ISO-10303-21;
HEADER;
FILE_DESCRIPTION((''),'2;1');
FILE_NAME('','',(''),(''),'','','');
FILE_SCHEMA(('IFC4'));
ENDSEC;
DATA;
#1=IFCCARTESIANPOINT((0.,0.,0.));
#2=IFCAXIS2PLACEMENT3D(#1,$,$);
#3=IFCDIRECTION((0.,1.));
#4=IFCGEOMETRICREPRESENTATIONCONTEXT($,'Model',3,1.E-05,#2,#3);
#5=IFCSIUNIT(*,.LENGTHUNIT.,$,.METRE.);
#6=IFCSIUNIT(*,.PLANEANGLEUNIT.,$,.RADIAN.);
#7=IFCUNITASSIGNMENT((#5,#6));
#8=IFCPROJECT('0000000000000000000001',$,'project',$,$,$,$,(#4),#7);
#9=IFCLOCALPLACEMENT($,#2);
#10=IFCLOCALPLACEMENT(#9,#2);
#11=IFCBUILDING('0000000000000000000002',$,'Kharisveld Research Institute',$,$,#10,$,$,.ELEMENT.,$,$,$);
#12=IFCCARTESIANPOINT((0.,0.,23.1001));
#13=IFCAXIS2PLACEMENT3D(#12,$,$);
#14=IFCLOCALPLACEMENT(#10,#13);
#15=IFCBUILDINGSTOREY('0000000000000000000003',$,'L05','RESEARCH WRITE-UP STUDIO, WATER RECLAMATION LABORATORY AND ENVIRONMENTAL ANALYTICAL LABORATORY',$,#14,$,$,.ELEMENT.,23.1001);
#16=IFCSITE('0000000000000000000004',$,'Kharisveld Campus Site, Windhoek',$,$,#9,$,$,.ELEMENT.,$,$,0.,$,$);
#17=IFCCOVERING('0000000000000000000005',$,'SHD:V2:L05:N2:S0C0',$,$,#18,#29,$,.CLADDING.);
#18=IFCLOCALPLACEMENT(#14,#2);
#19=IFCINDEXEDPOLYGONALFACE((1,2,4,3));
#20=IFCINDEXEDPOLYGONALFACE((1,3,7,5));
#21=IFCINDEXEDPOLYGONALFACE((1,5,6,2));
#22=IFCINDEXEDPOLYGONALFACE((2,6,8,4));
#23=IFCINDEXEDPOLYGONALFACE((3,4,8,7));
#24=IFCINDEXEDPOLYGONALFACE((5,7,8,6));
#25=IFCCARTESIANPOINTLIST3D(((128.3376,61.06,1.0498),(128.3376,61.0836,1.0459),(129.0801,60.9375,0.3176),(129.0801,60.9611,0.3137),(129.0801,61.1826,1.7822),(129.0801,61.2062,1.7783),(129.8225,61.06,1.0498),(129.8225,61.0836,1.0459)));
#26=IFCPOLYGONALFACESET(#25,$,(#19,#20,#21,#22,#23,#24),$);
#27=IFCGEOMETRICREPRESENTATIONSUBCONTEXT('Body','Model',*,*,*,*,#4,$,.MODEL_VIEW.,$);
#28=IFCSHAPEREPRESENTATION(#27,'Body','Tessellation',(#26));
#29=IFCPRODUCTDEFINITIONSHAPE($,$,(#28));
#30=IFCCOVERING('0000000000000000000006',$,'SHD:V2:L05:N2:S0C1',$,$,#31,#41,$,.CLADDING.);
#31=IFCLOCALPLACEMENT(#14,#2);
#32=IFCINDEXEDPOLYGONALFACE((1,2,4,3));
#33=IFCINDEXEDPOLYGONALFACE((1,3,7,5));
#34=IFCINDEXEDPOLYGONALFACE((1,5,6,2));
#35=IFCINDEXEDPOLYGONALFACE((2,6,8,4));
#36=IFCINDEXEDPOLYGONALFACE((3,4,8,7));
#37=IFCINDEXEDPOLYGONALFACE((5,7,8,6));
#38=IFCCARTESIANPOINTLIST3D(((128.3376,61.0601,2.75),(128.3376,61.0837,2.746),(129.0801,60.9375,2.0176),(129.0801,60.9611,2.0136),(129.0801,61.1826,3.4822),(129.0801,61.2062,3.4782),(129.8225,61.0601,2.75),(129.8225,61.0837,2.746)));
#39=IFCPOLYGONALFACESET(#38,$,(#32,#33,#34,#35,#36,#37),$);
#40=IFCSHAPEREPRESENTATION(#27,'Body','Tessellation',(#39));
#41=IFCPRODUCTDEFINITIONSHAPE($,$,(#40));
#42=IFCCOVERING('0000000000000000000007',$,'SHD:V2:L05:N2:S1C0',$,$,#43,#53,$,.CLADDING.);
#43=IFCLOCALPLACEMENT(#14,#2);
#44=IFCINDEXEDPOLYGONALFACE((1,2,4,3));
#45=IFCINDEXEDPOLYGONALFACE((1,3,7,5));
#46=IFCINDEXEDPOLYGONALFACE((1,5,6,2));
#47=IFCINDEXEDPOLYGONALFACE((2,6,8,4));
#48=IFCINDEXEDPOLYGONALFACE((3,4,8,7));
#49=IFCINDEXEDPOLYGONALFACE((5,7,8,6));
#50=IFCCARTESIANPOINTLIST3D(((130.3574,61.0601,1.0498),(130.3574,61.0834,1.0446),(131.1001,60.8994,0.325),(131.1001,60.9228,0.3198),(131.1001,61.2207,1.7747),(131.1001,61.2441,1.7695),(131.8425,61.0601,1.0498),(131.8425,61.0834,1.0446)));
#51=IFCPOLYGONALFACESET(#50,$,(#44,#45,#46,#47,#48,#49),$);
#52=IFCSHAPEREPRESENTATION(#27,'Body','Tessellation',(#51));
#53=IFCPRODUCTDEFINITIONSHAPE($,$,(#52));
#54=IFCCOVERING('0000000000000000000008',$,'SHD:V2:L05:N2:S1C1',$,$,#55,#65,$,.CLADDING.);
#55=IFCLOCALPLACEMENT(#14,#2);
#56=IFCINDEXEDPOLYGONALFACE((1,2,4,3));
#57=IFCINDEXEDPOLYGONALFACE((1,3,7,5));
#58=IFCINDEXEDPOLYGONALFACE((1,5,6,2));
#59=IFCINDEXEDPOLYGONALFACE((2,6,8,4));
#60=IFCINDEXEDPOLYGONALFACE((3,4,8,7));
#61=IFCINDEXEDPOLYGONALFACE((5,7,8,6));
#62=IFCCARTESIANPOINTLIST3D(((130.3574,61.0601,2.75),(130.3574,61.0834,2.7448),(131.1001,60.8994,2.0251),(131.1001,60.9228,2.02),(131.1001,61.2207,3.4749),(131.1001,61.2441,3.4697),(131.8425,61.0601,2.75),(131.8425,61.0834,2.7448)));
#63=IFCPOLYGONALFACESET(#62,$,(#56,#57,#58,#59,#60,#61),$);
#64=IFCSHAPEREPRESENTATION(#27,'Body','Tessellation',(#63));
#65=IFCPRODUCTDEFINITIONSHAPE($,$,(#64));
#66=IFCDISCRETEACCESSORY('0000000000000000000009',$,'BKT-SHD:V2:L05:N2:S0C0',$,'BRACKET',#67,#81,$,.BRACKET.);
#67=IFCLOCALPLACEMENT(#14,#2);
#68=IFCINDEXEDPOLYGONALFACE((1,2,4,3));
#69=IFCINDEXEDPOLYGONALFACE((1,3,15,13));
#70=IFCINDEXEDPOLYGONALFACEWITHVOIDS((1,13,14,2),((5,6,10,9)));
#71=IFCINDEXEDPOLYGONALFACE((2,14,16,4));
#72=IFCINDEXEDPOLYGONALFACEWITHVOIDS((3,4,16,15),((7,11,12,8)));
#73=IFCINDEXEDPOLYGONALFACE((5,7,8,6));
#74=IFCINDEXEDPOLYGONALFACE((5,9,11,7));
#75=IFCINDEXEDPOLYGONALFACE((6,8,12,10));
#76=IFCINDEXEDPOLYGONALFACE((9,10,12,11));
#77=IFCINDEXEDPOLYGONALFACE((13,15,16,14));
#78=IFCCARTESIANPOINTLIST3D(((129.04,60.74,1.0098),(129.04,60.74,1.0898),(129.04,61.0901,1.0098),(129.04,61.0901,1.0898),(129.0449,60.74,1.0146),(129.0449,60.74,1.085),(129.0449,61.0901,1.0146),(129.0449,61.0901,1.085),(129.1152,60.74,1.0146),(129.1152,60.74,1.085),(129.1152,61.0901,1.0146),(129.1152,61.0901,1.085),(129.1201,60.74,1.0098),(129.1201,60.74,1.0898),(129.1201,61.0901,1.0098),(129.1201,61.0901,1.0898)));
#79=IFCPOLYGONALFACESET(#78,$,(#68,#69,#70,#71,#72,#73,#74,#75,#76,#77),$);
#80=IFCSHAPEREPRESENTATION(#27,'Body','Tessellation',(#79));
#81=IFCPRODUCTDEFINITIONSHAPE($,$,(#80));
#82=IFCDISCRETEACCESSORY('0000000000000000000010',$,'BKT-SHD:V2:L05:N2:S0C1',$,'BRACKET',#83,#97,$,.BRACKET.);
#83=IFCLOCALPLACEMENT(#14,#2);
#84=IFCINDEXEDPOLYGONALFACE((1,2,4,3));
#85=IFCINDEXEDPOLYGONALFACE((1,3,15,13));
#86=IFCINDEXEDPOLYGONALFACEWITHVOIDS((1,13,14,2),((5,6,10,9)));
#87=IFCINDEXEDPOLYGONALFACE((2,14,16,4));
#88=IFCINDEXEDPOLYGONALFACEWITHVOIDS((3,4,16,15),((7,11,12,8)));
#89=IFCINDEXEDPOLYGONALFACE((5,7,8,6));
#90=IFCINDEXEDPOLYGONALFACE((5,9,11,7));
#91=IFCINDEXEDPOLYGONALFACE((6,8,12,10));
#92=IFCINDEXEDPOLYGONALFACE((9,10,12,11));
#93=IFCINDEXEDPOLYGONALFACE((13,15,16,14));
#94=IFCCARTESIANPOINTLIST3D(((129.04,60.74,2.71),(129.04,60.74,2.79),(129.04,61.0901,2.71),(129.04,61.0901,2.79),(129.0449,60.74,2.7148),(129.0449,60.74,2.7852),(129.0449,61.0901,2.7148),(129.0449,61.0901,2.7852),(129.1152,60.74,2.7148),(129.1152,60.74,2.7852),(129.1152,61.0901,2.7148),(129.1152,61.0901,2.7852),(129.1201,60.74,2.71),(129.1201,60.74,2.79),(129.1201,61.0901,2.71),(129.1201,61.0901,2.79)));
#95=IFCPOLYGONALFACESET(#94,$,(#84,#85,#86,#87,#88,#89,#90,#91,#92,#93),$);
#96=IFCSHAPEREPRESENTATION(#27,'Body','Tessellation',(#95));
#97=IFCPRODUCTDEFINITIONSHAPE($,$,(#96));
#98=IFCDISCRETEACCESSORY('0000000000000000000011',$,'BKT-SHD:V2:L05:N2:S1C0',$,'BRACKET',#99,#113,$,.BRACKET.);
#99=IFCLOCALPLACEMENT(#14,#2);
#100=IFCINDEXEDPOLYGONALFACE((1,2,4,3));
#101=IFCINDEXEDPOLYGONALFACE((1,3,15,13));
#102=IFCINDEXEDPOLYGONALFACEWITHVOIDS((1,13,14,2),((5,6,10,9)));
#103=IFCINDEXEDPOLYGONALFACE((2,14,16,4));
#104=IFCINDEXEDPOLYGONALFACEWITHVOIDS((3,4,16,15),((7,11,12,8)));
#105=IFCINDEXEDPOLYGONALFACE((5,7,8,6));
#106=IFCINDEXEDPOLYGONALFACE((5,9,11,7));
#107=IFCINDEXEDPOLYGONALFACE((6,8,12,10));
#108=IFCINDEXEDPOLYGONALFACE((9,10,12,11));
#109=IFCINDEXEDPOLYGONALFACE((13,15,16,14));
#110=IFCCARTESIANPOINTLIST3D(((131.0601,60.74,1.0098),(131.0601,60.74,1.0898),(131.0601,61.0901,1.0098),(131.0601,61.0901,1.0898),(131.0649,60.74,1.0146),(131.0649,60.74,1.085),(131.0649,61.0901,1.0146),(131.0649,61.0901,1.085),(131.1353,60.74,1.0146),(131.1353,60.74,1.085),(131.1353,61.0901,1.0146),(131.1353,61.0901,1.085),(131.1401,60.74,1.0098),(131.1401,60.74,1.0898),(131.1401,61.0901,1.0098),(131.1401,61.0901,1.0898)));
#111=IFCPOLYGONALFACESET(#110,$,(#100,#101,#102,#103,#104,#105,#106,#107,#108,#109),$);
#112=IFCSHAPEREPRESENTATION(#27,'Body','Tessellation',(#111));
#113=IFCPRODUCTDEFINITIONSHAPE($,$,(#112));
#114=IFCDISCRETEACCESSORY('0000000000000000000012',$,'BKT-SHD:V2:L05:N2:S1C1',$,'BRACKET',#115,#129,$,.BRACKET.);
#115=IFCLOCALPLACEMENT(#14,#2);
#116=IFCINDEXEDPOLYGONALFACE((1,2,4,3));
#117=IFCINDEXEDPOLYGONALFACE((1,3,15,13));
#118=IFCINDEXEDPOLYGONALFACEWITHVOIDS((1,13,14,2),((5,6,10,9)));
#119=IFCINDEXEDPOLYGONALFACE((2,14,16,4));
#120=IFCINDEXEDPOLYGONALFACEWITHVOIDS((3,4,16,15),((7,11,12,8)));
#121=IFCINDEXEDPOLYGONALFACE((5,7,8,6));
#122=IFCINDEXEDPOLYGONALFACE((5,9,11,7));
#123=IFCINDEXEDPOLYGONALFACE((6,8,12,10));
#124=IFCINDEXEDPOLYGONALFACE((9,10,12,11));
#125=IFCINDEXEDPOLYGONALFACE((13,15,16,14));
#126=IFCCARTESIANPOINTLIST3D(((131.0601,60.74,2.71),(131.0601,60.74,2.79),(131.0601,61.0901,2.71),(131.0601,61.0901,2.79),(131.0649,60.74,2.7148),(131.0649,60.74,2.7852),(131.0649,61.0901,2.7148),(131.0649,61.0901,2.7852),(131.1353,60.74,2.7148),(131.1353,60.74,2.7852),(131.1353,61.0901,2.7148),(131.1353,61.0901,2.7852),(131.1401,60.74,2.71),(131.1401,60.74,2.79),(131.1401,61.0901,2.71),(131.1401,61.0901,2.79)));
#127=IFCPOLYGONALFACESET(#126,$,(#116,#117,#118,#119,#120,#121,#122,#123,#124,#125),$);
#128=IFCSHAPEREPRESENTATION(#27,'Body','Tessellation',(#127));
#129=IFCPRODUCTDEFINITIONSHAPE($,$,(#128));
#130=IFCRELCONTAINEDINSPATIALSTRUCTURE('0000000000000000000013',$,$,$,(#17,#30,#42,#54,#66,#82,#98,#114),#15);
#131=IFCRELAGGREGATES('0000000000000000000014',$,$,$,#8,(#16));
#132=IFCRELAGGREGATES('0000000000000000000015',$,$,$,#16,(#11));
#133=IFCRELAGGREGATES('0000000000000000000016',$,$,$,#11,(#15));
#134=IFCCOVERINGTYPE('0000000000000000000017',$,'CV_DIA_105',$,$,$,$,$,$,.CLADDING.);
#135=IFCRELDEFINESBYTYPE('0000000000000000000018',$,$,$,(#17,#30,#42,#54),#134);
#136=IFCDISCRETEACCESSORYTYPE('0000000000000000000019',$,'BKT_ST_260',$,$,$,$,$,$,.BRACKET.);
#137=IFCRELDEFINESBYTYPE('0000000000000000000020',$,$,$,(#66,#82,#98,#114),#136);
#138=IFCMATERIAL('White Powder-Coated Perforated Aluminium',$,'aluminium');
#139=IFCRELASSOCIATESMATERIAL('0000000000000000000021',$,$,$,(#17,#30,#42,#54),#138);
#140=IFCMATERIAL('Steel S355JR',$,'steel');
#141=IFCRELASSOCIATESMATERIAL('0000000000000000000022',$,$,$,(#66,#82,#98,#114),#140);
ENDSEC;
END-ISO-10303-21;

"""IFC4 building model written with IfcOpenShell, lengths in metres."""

from ifc_helpers import new_model, si_unit, direction, frame, origin, origin_2d, place, context, subcontext, project, spatial, polyline, hollow_rectangle, outline, extrude, material, type_object, element, save


model = new_model("IFC4")

# Units and contexts
model_context = context("Model", 3, precision=1e-05, world=origin(), true_north=direction((0.0, 1.0)))
body_context = subcontext(model_context, "Body", "Model", "MODEL_VIEW")
ifc_project = project(units=[si_unit("LENGTHUNIT", "METRE"), si_unit("PLANEANGLEUNIT", "RADIAN")], contexts=[model_context])

# Site, building, storey
site_placement = place(None, origin())
site = spatial("IfcSite", under=ifc_project, at=site_placement, Name="Kharisveld Campus Site, Windhoek", CompositionType="ELEMENT", RefElevation=0.0)
building_placement = place(site_placement, origin())
building = spatial("IfcBuilding", under=site, at=building_placement, Name="Kharisveld Research Institute", CompositionType="ELEMENT")
storey_placement = place(building_placement, frame((0.0, 0.0, 23.1001)))
storey = spatial("IfcBuildingStorey", under=building, at=storey_placement, Name="L05", Description="RESEARCH WRITE-UP STUDIO, WATER RECLAMATION LABORATORY AND ENVIRONMENTAL ANALYTICAL LABORATORY", CompositionType="ELEMENT", Elevation=23.1001)

# Coverings
ifc_material_1 = material(Name="White Powder-Coated Perforated Aluminium", Category="aluminium")
covering_type = type_object("IfcCoveringType", Name="CV_DIA_105", PredefinedType="CLADDING")
covering_1_placement = place(storey_placement, frame((129.0801, 60.9375, 0.3176), z_axis=(0.0, -0.986283, 0.165065), x_axis=(0.707139, 0.116714, 0.697376)))
element("IfcCovering", 1, at=covering_1_placement, inside=storey, type_object=covering_type, material=ifc_material_1, Name="SHD:V2:L05:N2:S0C0", PredefinedType="CLADDING", context=body_context, shape_type="SweptSolid", body=[
    extrude(outline(polyline([(0.0, 0.0), (1.0499, 0.0), (1.05, 1.0501), (-0.0001, 1.0499), (0.0, 0.0)])), origin(), (0.0, 0.0, -1.0), 0.0239),
])
covering_2_placement = place(storey_placement, frame((129.0801, 60.9375, 2.0176), z_axis=(0.0, -0.986283, 0.165065), x_axis=(0.707024, 0.116733, 0.697489)))
element("IfcCovering", 2, at=covering_2_placement, inside=storey, type_object=covering_type, material=ifc_material_1, Name="SHD:V2:L05:N2:S0C1", PredefinedType="CLADDING", context=body_context, shape_type="SweptSolid", body=[
    extrude(outline(polyline([(0.0, 0.0), (1.0501, 0.0), (1.0502, 1.0499), (0.0002, 1.0501), (0.0, 0.0)])), origin(), (0.0, 0.0, -1.0), 0.0239),
])
for number, where, z_axis, x_axis, name in (
    (3, (131.1001, 60.8994, 0.325), (0.0, -0.976311, 0.216373), (0.707102, 0.153, 0.69036), "SHD:V2:L05:N2:S1C0"),
    (4, (131.1001, 60.8994, 2.0251), (0.0, -0.976311, 0.216373), (0.707102, 0.153, 0.69036), "SHD:V2:L05:N2:S1C1"),
):
    element("IfcCovering", number, at=place(storey_placement, frame(where, z_axis=z_axis, x_axis=x_axis)), inside=storey, type_object=covering_type, material=ifc_material_1, Name=name, PredefinedType="CLADDING", context=body_context, shape_type="SweptSolid", body=[
        extrude(outline(polyline([(0.0, 0.0), (1.05, 0.0), (1.05, 1.05), (-0.0002, 1.0501), (0.0, 0.0)])), origin(), (0.0, 0.0, -1.0), 0.0239),
    ])

# Discrete accessories
ifc_material_2 = material(Name="Steel S355JR", Category="steel")
discrete_accessory_type = type_object("IfcDiscreteAccessoryType", Name="BKT_ST_260", PredefinedType="BRACKET")
for number, where, z_axis, x_axis, name in (
    (5, (129.0801, 60.74, 1.0498), (0.0, 1.0, 0.0), (-1.0, 0.0, 0.0), "BKT-SHD:V2:L05:N2:S0C0"),
    (6, (129.0801, 60.74, 2.75), (0.0, 1.0, 0.0), (-1.0, 0.0, 0.0), "BKT-SHD:V2:L05:N2:S0C1"),
    (7, (131.1001, 60.74, 1.0498), (0.0, 1.0, 0.0), (-1.0, 0.0, 0.0), "BKT-SHD:V2:L05:N2:S1C0"),
    (8, (131.1001, 60.74, 2.75), (0.0, 1.0, 0.0), (-1.0, 0.0, 0.0), "BKT-SHD:V2:L05:N2:S1C1"),
):
    element("IfcDiscreteAccessory", number, at=place(storey_placement, frame(where, z_axis=z_axis, x_axis=x_axis)), inside=storey, type_object=discrete_accessory_type, material=ifc_material_2, Name=name, ObjectType="BRACKET", PredefinedType="BRACKET", context=body_context, shape_type="SweptSolid", body=[
        extrude(hollow_rectangle(XDim=0.0801, YDim=0.0801, WallThickness=0.0049, at=origin_2d()), origin(), (0.0, 0.0, 1.0), 0.3501),
    ])

save(model, "model.ifc")
